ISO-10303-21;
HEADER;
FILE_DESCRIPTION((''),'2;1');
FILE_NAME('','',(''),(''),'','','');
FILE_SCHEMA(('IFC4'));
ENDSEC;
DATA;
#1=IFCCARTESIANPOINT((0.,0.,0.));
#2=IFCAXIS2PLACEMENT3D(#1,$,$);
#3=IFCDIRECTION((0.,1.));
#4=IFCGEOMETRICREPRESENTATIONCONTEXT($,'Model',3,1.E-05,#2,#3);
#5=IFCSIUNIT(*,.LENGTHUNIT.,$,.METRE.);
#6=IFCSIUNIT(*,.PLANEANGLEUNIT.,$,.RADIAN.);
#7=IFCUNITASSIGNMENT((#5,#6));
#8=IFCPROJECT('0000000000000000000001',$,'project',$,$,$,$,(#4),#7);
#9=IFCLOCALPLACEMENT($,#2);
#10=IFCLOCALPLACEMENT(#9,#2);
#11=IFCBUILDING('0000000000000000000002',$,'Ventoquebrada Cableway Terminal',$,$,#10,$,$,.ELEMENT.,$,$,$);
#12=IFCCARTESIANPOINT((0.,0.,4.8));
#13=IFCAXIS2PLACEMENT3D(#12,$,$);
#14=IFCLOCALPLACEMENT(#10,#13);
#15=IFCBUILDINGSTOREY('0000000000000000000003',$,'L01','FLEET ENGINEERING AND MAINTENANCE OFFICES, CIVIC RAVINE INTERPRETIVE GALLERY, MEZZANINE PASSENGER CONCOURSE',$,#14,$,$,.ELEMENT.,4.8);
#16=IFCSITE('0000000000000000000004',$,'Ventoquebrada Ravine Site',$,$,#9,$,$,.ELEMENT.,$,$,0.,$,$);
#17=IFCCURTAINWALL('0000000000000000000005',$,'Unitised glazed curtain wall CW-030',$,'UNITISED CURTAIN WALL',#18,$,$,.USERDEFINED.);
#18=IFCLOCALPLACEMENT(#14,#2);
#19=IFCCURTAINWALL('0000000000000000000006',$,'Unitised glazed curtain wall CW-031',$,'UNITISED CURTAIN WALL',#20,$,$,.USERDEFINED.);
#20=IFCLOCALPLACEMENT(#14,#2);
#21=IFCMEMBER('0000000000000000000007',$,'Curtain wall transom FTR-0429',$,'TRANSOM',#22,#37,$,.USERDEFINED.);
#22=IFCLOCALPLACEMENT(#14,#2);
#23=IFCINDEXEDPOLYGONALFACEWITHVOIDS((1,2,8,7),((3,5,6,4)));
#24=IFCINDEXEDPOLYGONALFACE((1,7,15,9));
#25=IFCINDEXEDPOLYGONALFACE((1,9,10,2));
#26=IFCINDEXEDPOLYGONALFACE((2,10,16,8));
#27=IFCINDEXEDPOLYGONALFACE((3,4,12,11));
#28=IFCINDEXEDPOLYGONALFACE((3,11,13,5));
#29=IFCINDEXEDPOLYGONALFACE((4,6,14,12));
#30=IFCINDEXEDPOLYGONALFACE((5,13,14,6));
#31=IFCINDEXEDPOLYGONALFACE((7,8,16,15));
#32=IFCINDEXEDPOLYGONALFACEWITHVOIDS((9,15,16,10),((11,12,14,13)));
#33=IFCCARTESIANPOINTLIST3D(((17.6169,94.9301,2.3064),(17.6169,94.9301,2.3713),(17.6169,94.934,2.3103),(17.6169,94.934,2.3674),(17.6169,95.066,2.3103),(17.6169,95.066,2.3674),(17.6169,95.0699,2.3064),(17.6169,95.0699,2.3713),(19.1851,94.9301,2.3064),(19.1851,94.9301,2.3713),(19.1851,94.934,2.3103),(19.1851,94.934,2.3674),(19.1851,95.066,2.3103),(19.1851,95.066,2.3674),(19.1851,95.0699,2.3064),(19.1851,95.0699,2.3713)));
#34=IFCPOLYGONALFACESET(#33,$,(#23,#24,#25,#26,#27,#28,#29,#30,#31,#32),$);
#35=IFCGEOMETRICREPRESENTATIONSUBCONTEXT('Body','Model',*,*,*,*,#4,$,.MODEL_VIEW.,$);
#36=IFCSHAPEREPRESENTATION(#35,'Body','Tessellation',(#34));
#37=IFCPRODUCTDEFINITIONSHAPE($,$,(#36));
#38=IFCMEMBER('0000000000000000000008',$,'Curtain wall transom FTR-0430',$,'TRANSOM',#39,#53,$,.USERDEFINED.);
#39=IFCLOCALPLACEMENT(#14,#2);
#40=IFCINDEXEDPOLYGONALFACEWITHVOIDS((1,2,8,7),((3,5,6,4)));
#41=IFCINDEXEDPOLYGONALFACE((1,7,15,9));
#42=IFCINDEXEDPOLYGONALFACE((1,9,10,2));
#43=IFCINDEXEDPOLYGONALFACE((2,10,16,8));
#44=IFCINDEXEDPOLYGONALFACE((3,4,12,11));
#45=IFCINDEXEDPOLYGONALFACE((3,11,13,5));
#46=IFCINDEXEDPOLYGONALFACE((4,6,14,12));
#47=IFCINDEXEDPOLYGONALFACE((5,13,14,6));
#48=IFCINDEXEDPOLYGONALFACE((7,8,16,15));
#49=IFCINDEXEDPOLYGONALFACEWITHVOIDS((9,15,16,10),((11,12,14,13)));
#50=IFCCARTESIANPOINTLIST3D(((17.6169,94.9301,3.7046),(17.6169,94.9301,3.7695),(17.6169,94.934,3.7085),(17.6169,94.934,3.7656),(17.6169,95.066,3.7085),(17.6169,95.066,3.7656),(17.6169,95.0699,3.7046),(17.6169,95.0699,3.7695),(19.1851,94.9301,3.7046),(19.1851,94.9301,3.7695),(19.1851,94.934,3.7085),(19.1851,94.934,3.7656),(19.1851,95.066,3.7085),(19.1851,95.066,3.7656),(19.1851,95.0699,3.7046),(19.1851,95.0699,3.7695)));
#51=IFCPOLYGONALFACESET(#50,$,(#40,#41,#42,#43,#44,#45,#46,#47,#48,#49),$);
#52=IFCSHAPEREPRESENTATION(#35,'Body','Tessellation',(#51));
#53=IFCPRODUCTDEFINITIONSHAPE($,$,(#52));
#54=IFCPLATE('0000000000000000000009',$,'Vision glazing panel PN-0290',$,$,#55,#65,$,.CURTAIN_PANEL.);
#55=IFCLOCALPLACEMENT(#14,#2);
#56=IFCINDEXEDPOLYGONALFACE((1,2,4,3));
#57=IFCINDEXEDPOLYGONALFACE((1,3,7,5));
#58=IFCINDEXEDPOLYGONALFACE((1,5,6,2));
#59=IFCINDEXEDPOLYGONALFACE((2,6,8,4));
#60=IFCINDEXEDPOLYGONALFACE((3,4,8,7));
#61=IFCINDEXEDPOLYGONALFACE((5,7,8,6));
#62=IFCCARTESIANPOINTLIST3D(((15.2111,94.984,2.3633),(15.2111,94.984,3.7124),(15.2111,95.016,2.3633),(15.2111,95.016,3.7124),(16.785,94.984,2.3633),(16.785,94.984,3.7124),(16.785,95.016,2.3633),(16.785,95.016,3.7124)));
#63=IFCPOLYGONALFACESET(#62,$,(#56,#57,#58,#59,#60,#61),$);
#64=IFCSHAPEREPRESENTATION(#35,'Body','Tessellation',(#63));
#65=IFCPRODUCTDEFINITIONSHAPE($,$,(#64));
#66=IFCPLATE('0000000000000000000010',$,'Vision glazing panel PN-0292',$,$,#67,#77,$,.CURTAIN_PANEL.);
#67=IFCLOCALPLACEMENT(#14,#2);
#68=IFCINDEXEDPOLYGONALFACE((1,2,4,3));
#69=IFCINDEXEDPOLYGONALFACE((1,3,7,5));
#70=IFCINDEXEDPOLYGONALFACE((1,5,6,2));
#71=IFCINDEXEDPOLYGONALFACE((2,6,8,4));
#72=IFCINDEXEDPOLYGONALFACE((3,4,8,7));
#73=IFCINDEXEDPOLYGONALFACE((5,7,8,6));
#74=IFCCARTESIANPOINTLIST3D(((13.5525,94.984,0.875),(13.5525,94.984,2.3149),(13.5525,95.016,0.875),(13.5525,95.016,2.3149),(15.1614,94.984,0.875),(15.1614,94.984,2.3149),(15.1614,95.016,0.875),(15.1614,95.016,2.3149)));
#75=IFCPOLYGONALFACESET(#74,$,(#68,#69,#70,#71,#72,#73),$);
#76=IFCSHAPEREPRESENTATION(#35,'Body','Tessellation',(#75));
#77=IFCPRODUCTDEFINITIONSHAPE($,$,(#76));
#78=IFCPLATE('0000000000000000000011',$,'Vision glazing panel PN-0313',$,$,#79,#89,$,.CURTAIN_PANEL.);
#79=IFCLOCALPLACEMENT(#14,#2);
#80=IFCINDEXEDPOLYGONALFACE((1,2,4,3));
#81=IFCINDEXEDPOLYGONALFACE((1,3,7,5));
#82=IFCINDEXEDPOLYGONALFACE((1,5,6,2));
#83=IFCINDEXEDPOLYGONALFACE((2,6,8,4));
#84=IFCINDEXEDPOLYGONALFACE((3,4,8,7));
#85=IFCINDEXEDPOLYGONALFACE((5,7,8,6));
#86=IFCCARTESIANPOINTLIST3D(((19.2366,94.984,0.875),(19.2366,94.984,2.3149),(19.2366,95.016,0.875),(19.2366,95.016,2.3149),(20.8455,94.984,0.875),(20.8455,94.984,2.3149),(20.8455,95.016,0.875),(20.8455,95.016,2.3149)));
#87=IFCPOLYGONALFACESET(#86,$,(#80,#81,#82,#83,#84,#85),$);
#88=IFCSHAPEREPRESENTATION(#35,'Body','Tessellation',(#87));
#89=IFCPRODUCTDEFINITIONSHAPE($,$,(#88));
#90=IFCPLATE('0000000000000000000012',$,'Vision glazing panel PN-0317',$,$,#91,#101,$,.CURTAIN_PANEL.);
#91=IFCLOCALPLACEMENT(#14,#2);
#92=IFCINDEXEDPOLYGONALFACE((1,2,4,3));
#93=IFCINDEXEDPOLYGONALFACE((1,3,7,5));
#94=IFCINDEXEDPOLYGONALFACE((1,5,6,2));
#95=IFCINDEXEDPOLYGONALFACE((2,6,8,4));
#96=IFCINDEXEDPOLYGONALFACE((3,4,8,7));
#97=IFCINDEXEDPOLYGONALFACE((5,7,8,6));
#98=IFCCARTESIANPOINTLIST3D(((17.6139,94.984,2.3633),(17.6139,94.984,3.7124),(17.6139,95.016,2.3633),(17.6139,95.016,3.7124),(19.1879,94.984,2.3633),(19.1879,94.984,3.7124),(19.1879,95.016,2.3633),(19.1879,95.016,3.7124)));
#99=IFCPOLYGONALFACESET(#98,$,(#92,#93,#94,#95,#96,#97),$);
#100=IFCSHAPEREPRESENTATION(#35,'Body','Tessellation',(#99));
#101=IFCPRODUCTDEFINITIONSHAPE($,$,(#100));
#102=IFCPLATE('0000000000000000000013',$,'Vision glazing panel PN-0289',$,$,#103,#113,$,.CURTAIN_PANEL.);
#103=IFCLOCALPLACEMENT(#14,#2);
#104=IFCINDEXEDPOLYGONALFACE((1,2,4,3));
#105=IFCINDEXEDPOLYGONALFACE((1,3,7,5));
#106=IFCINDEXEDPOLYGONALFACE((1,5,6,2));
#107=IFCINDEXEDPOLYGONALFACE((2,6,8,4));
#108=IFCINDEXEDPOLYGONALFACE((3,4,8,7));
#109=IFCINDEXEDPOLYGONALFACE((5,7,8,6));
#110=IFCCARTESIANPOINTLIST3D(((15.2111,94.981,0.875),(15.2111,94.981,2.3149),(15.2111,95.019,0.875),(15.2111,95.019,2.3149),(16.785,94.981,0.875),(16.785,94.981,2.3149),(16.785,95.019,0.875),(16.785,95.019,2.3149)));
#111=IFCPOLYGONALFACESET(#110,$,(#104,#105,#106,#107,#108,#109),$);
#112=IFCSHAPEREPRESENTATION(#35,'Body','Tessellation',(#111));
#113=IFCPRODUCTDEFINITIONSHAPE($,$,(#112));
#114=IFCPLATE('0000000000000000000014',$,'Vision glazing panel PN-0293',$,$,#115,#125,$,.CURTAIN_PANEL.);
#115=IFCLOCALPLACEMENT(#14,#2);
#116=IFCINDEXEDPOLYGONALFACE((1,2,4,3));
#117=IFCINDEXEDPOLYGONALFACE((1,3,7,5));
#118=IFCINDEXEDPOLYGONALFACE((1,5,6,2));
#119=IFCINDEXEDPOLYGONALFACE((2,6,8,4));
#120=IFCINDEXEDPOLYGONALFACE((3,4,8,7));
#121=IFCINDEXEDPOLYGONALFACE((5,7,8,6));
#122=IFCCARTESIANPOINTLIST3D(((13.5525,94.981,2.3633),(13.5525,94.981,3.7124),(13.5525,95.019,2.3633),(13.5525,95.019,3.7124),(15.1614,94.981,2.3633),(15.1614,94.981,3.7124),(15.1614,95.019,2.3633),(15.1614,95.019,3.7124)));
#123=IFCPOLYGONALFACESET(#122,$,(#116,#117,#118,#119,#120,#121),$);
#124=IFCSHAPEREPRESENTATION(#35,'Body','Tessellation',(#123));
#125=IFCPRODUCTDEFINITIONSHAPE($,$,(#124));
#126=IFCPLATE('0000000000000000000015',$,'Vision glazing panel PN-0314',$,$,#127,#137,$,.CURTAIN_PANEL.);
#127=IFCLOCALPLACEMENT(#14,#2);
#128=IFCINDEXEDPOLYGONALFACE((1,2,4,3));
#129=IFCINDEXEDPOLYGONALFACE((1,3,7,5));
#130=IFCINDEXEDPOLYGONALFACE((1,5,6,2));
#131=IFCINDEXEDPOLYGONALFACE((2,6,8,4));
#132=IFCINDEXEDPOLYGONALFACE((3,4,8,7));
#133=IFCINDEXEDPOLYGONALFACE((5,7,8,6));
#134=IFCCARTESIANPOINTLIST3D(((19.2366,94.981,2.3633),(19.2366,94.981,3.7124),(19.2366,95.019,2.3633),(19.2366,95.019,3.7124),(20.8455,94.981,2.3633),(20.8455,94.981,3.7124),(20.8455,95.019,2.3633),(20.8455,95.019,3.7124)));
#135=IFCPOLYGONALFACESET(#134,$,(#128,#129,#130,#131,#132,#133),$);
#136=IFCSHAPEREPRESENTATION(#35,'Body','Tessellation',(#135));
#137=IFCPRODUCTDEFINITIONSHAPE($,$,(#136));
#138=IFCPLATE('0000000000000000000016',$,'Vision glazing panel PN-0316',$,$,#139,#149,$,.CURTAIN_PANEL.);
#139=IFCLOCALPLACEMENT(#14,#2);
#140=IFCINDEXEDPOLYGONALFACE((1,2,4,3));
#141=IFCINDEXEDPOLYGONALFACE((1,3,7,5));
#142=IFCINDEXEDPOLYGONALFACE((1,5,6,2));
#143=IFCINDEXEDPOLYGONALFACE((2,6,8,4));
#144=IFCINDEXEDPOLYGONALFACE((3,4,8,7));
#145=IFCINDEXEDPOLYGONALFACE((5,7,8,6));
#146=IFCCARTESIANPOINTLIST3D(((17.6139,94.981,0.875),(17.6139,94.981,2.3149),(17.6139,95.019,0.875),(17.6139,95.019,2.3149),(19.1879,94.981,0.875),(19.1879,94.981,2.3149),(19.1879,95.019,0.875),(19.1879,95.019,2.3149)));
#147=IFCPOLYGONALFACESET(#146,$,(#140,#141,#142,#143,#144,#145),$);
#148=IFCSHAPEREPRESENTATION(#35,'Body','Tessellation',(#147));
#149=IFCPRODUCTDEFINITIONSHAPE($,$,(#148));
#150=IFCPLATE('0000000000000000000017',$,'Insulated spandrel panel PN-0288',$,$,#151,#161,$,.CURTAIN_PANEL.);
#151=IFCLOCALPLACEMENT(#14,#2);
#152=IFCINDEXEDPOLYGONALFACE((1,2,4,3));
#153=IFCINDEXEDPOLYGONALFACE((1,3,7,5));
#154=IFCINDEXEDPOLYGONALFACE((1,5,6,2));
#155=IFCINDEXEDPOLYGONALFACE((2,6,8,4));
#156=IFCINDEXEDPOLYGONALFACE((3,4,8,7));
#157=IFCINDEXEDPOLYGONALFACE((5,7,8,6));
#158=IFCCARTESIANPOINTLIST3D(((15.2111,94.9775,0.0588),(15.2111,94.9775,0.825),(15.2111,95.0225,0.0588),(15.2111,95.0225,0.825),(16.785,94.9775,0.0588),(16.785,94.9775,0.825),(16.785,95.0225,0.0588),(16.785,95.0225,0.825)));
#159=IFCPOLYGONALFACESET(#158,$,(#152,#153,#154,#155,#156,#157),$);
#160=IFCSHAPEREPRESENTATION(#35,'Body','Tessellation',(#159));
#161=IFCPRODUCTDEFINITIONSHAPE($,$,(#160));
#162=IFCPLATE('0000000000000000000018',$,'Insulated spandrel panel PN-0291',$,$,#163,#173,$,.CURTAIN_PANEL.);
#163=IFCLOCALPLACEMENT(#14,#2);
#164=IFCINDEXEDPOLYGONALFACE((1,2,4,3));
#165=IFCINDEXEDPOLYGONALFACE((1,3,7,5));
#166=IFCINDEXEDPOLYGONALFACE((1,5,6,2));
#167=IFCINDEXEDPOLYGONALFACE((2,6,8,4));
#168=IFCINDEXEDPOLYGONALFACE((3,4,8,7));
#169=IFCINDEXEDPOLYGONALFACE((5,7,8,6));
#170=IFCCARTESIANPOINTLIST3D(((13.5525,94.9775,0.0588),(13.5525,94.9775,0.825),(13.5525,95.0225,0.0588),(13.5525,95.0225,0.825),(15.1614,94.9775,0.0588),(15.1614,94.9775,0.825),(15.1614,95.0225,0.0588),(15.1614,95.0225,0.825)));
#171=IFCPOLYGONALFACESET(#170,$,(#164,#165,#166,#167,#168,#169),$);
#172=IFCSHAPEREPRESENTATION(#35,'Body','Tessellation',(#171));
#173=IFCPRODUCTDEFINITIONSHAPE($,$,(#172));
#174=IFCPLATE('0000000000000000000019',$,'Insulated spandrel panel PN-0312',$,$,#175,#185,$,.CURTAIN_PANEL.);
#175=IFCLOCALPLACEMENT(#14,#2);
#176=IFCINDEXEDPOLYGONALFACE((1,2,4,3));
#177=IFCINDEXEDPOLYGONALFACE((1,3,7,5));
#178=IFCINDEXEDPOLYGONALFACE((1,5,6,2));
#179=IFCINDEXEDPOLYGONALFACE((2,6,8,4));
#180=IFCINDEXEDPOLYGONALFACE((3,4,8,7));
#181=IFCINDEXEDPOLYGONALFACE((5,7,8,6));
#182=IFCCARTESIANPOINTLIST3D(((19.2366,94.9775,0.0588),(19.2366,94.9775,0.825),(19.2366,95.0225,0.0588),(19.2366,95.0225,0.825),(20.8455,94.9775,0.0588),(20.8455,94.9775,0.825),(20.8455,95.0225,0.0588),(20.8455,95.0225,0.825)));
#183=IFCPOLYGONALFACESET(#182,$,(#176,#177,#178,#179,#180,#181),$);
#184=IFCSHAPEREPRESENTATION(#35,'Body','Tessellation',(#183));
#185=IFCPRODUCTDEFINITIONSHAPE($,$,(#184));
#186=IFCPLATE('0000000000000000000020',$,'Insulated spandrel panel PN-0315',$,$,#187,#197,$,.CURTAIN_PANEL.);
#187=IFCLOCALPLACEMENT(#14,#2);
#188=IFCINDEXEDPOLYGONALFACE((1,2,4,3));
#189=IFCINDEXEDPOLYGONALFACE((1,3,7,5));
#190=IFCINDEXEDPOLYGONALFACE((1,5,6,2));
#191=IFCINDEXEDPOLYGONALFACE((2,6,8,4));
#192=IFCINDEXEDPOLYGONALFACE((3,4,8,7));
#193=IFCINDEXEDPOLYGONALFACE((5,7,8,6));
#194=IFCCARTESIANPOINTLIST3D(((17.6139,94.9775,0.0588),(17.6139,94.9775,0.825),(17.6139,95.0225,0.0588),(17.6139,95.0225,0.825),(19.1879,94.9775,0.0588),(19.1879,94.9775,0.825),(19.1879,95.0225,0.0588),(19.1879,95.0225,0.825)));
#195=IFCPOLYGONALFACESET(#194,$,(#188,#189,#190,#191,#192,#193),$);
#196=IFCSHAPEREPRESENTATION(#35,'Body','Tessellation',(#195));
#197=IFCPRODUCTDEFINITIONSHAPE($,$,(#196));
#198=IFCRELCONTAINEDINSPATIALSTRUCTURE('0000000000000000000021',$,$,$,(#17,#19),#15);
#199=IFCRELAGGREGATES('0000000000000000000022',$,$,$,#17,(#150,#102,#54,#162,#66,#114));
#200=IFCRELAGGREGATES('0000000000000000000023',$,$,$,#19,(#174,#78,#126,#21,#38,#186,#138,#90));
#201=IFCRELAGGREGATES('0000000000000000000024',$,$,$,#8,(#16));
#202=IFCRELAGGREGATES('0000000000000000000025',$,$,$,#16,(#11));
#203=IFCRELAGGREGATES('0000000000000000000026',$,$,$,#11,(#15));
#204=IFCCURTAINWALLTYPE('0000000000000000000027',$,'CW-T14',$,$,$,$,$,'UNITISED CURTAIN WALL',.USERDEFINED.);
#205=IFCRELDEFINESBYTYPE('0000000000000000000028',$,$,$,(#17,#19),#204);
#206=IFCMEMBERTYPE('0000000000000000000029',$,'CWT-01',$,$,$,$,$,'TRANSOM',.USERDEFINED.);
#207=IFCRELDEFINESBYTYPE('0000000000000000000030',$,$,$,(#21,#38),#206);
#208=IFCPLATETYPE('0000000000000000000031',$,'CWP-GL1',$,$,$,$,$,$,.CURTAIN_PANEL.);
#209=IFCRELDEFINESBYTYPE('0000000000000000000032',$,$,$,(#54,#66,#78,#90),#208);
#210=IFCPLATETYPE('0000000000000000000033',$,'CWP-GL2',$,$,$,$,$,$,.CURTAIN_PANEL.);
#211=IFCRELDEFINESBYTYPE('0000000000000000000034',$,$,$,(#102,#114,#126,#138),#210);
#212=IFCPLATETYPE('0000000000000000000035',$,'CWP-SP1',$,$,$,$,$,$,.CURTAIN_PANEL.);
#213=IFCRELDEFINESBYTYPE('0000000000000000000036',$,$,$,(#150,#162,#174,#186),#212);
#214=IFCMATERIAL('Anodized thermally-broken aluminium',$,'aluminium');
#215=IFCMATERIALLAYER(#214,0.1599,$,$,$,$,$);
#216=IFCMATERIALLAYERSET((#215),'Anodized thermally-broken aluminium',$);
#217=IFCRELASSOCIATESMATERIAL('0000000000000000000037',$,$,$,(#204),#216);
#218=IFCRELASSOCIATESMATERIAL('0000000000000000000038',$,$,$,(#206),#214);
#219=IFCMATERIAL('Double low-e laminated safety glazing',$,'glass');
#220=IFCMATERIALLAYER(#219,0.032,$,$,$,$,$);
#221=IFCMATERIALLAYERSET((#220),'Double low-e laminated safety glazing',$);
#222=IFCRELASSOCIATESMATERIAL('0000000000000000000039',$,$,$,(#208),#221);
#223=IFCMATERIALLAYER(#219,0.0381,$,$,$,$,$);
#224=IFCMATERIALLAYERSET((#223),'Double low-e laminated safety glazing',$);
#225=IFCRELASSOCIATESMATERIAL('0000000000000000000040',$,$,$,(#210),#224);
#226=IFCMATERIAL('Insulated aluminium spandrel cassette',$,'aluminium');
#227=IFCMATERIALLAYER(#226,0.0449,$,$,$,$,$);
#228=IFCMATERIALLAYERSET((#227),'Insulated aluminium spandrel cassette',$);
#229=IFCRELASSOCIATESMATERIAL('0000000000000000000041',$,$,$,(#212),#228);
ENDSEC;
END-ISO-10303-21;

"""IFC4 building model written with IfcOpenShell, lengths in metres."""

from ifc_helpers import new_model, si_unit, direction, frame, origin, origin_2d, place, context, subcontext, project, spatial, rectangle, hollow_rectangle, extrude, material, layer, layer_set, material_profile, profile_set, type_object, element, aggregate, save


model = new_model("IFC4")

# Units and contexts
model_context = context("Model", 3, precision=1e-05, world=origin(), true_north=direction((0.0, 1.0)))
body_context = subcontext(model_context, "Body", "Model", "MODEL_VIEW")
ifc_project = project(units=[si_unit("LENGTHUNIT", "METRE"), si_unit("PLANEANGLEUNIT", "RADIAN")], contexts=[model_context])

# Site, building, storey
site_placement = place(None, origin())
site = spatial("IfcSite", under=ifc_project, at=site_placement, Name="Ventoquebrada Ravine Site", CompositionType="ELEMENT", RefElevation=0.0)
building_placement = place(site_placement, origin())
building = spatial("IfcBuilding", under=site, at=building_placement, Name="Ventoquebrada Cableway Terminal", CompositionType="ELEMENT")
storey_placement = place(building_placement, frame((0.0, 0.0, 4.8)))
storey = spatial("IfcBuildingStorey", under=building, at=storey_placement, Name="L01", Description="FLEET ENGINEERING AND MAINTENANCE OFFICES, CIVIC RAVINE INTERPRETIVE GALLERY, MEZZANINE PASSENGER CONCOURSE", CompositionType="ELEMENT", Elevation=4.8)

# Curtain walls
ifc_material_1 = material(Name="Anodized thermally-broken aluminium", Category="aluminium")
ifc_layer_1 = layer(ifc_material_1, 0.1599)
ifc_layer_set_1 = layer_set([ifc_layer_1], Name="Anodized thermally-broken aluminium")
curtain_wall_type = type_object("IfcCurtainWallType", Name="CW-T14", ElementType="UNITISED CURTAIN WALL", PredefinedType="USERDEFINED", material=ifc_layer_set_1)
curtain_wall_1_placement = place(storey_placement, origin())
curtain_wall_1 = element("IfcCurtainWall", 1, at=curtain_wall_1_placement, inside=storey, type_object=curtain_wall_type, Name="Unitised glazed curtain wall CW-030", ObjectType="UNITISED CURTAIN WALL", PredefinedType="USERDEFINED")
curtain_wall_2_placement = place(storey_placement, origin())
curtain_wall_2 = element("IfcCurtainWall", 2, at=curtain_wall_2_placement, inside=storey, type_object=curtain_wall_type, Name="Unitised glazed curtain wall CW-031", ObjectType="UNITISED CURTAIN WALL", PredefinedType="USERDEFINED")

# Members
ifc_material_profile_1 = material_profile(ifc_material_1, hollow_rectangle(XDim=0.0649, YDim=0.1399, WallThickness=0.0039, at=origin_2d()), Name="CW-TRN-65X140")
ifc_profile_set_1 = profile_set([ifc_material_profile_1], Name="Anodized thermally-broken aluminium")
member_type_1 = type_object("IfcMemberType", Name="CWT-01", ElementType="TRANSOM", PredefinedType="USERDEFINED", material=ifc_profile_set_1)
member_1_placement = place(storey_placement, frame((19.1851, 95.0, 2.3389), z_axis=(-1.0, 0.0, 0.0), x_axis=(0.0, 0.0, 1.0)))
member_1 = element("IfcMember", 3, at=member_1_placement, type_object=member_type_1, Name="Curtain wall transom FTR-0429", ObjectType="TRANSOM", PredefinedType="USERDEFINED", context=body_context, shape_type="SweptSolid", body=[
    extrude(hollow_rectangle(XDim=0.0649, YDim=0.1399, WallThickness=0.0039, at=origin_2d()), origin(), (0.0, 0.0, 1.0), 1.5681),
])
member_2_placement = place(storey_placement, frame((19.1851, 95.0, 3.7371), z_axis=(-1.0, 0.0, 0.0), x_axis=(0.0, 0.0, 1.0)))
member_2 = element("IfcMember", 4, at=member_2_placement, type_object=member_type_1, Name="Curtain wall transom FTR-0430", ObjectType="TRANSOM", PredefinedType="USERDEFINED", context=body_context, shape_type="SweptSolid", body=[
    extrude(hollow_rectangle(XDim=0.0649, YDim=0.1399, WallThickness=0.0039, at=origin_2d()), origin(), (0.0, 0.0, 1.0), 1.5681),
])

# Plates
ifc_material_2 = material(Name="Double low-e laminated safety glazing", Category="glass")
ifc_layer_2 = layer(ifc_material_2, 0.032)
ifc_layer_set_2 = layer_set([ifc_layer_2], Name="Double low-e laminated safety glazing")
plate_type_1 = type_object("IfcPlateType", Name="CWP-GL1", PredefinedType="CURTAIN_PANEL", material=ifc_layer_set_2)
plate_1_placement = place(storey_placement, frame((15.998, 95.0, 2.3633), z_axis=(0.0, 0.0, 1.0), x_axis=(-1.0, 0.0, 0.0)))
plate_1 = element("IfcPlate", 5, at=plate_1_placement, type_object=plate_type_1, Name="Vision glazing panel PN-0290", PredefinedType="CURTAIN_PANEL", context=body_context, shape_type="SweptSolid", body=[
    extrude(rectangle(XDim=1.574, YDim=0.032, at=origin_2d()), origin(), (0.0, 0.0, 1.0), 1.3491),
])
plate_2_placement = place(storey_placement, frame((14.3569, 95.0, 0.875), z_axis=(0.0, 0.0, 1.0), x_axis=(-1.0, 0.0, 0.0)))
plate_2 = element("IfcPlate", 6, at=plate_2_placement, type_object=plate_type_1, Name="Vision glazing panel PN-0292", PredefinedType="CURTAIN_PANEL", context=body_context, shape_type="SweptSolid", body=[
    extrude(rectangle(XDim=1.6089, YDim=0.032, at=origin_2d()), origin(), (0.0, 0.0, 1.0), 1.4399),
])
plate_3_placement = place(storey_placement, frame((20.041, 95.0, 0.875), z_axis=(0.0, 0.0, 1.0), x_axis=(-1.0, 0.0, 0.0)))
plate_3 = element("IfcPlate", 7, at=plate_3_placement, type_object=plate_type_1, Name="Vision glazing panel PN-0313", PredefinedType="CURTAIN_PANEL", context=body_context, shape_type="SweptSolid", body=[
    extrude(rectangle(XDim=1.6089, YDim=0.032, at=origin_2d()), origin(), (0.0, 0.0, 1.0), 1.4399),
])
plate_4_placement = place(storey_placement, frame((18.4009, 95.0, 2.3633), z_axis=(0.0, 0.0, 1.0), x_axis=(-1.0, 0.0, 0.0)))
plate_4 = element("IfcPlate", 8, at=plate_4_placement, type_object=plate_type_1, Name="Vision glazing panel PN-0317", PredefinedType="CURTAIN_PANEL", context=body_context, shape_type="SweptSolid", body=[
    extrude(rectangle(XDim=1.574, YDim=0.032, at=origin_2d()), origin(), (0.0, 0.0, 1.0), 1.3491),
])
ifc_layer_3 = layer(ifc_material_2, 0.0381)
ifc_layer_set_3 = layer_set([ifc_layer_3], Name="Double low-e laminated safety glazing")
plate_type_2 = type_object("IfcPlateType", Name="CWP-GL2", PredefinedType="CURTAIN_PANEL", material=ifc_layer_set_3)
plate_5_placement = place(storey_placement, frame((15.998, 95.0, 0.875), z_axis=(0.0, 0.0, 1.0), x_axis=(-1.0, 0.0, 0.0)))
plate_5 = element("IfcPlate", 9, at=plate_5_placement, type_object=plate_type_2, Name="Vision glazing panel PN-0289", PredefinedType="CURTAIN_PANEL", context=body_context, shape_type="SweptSolid", body=[
    extrude(rectangle(XDim=1.574, YDim=0.0381, at=origin_2d()), origin(), (0.0, 0.0, 1.0), 1.4399),
])
plate_6_placement = place(storey_placement, frame((14.3569, 95.0, 2.3633), z_axis=(0.0, 0.0, 1.0), x_axis=(-1.0, 0.0, 0.0)))
plate_6 = element("IfcPlate", 10, at=plate_6_placement, type_object=plate_type_2, Name="Vision glazing panel PN-0293", PredefinedType="CURTAIN_PANEL", context=body_context, shape_type="SweptSolid", body=[
    extrude(rectangle(XDim=1.6089, YDim=0.0381, at=origin_2d()), origin(), (0.0, 0.0, 1.0), 1.3491),
])
plate_7_placement = place(storey_placement, frame((20.041, 95.0, 2.3633), z_axis=(0.0, 0.0, 1.0), x_axis=(-1.0, 0.0, 0.0)))
plate_7 = element("IfcPlate", 11, at=plate_7_placement, type_object=plate_type_2, Name="Vision glazing panel PN-0314", PredefinedType="CURTAIN_PANEL", context=body_context, shape_type="SweptSolid", body=[
    extrude(rectangle(XDim=1.6089, YDim=0.0381, at=origin_2d()), origin(), (0.0, 0.0, 1.0), 1.3491),
])
plate_8_placement = place(storey_placement, frame((18.4009, 95.0, 0.875), z_axis=(0.0, 0.0, 1.0), x_axis=(-1.0, 0.0, 0.0)))
plate_8 = element("IfcPlate", 12, at=plate_8_placement, type_object=plate_type_2, Name="Vision glazing panel PN-0316", PredefinedType="CURTAIN_PANEL", context=body_context, shape_type="SweptSolid", body=[
    extrude(rectangle(XDim=1.574, YDim=0.0381, at=origin_2d()), origin(), (0.0, 0.0, 1.0), 1.4399),
])
ifc_material_3 = material(Name="Insulated aluminium spandrel cassette", Category="aluminium")
ifc_layer_4 = layer(ifc_material_3, 0.0449)
ifc_layer_set_4 = layer_set([ifc_layer_4], Name="Insulated aluminium spandrel cassette")
plate_type_3 = type_object("IfcPlateType", Name="CWP-SP1", PredefinedType="CURTAIN_PANEL", material=ifc_layer_set_4)
plate_9_placement = place(storey_placement, frame((15.998, 95.0, 0.0588), z_axis=(0.0, 0.0, 1.0), x_axis=(-1.0, 0.0, 0.0)))
plate_9 = element("IfcPlate", 13, at=plate_9_placement, type_object=plate_type_3, Name="Insulated spandrel panel PN-0288", PredefinedType="CURTAIN_PANEL", context=body_context, shape_type="SweptSolid", body=[
    extrude(rectangle(XDim=1.574, YDim=0.0449, at=origin_2d()), origin(), (0.0, 0.0, 1.0), 0.7661),
])
plate_10_placement = place(storey_placement, frame((14.3569, 95.0, 0.0588), z_axis=(0.0, 0.0, 1.0), x_axis=(-1.0, 0.0, 0.0)))
plate_10 = element("IfcPlate", 14, at=plate_10_placement, type_object=plate_type_3, Name="Insulated spandrel panel PN-0291", PredefinedType="CURTAIN_PANEL", context=body_context, shape_type="SweptSolid", body=[
    extrude(rectangle(XDim=1.6089, YDim=0.0449, at=origin_2d()), origin(), (0.0, 0.0, 1.0), 0.7661),
])
aggregate(curtain_wall_1, [plate_9, plate_5, plate_1, plate_10, plate_2, plate_6])
plate_11_placement = place(storey_placement, frame((20.041, 95.0, 0.0588), z_axis=(0.0, 0.0, 1.0), x_axis=(-1.0, 0.0, 0.0)))
plate_11 = element("IfcPlate", 15, at=plate_11_placement, type_object=plate_type_3, Name="Insulated spandrel panel PN-0312", PredefinedType="CURTAIN_PANEL", context=body_context, shape_type="SweptSolid", body=[
    extrude(rectangle(XDim=1.6089, YDim=0.0449, at=origin_2d()), origin(), (0.0, 0.0, 1.0), 0.7661),
])
plate_12_placement = place(storey_placement, frame((18.4009, 95.0, 0.0588), z_axis=(0.0, 0.0, 1.0), x_axis=(-1.0, 0.0, 0.0)))
plate_12 = element("IfcPlate", 16, at=plate_12_placement, type_object=plate_type_3, Name="Insulated spandrel panel PN-0315", PredefinedType="CURTAIN_PANEL", context=body_context, shape_type="SweptSolid", body=[
    extrude(rectangle(XDim=1.574, YDim=0.0449, at=origin_2d()), origin(), (0.0, 0.0, 1.0), 0.7661),
])
aggregate(curtain_wall_2, [plate_11, plate_3, plate_7, member_1, member_2, plate_12, plate_8, plate_4])

save(model, "model.ifc")
